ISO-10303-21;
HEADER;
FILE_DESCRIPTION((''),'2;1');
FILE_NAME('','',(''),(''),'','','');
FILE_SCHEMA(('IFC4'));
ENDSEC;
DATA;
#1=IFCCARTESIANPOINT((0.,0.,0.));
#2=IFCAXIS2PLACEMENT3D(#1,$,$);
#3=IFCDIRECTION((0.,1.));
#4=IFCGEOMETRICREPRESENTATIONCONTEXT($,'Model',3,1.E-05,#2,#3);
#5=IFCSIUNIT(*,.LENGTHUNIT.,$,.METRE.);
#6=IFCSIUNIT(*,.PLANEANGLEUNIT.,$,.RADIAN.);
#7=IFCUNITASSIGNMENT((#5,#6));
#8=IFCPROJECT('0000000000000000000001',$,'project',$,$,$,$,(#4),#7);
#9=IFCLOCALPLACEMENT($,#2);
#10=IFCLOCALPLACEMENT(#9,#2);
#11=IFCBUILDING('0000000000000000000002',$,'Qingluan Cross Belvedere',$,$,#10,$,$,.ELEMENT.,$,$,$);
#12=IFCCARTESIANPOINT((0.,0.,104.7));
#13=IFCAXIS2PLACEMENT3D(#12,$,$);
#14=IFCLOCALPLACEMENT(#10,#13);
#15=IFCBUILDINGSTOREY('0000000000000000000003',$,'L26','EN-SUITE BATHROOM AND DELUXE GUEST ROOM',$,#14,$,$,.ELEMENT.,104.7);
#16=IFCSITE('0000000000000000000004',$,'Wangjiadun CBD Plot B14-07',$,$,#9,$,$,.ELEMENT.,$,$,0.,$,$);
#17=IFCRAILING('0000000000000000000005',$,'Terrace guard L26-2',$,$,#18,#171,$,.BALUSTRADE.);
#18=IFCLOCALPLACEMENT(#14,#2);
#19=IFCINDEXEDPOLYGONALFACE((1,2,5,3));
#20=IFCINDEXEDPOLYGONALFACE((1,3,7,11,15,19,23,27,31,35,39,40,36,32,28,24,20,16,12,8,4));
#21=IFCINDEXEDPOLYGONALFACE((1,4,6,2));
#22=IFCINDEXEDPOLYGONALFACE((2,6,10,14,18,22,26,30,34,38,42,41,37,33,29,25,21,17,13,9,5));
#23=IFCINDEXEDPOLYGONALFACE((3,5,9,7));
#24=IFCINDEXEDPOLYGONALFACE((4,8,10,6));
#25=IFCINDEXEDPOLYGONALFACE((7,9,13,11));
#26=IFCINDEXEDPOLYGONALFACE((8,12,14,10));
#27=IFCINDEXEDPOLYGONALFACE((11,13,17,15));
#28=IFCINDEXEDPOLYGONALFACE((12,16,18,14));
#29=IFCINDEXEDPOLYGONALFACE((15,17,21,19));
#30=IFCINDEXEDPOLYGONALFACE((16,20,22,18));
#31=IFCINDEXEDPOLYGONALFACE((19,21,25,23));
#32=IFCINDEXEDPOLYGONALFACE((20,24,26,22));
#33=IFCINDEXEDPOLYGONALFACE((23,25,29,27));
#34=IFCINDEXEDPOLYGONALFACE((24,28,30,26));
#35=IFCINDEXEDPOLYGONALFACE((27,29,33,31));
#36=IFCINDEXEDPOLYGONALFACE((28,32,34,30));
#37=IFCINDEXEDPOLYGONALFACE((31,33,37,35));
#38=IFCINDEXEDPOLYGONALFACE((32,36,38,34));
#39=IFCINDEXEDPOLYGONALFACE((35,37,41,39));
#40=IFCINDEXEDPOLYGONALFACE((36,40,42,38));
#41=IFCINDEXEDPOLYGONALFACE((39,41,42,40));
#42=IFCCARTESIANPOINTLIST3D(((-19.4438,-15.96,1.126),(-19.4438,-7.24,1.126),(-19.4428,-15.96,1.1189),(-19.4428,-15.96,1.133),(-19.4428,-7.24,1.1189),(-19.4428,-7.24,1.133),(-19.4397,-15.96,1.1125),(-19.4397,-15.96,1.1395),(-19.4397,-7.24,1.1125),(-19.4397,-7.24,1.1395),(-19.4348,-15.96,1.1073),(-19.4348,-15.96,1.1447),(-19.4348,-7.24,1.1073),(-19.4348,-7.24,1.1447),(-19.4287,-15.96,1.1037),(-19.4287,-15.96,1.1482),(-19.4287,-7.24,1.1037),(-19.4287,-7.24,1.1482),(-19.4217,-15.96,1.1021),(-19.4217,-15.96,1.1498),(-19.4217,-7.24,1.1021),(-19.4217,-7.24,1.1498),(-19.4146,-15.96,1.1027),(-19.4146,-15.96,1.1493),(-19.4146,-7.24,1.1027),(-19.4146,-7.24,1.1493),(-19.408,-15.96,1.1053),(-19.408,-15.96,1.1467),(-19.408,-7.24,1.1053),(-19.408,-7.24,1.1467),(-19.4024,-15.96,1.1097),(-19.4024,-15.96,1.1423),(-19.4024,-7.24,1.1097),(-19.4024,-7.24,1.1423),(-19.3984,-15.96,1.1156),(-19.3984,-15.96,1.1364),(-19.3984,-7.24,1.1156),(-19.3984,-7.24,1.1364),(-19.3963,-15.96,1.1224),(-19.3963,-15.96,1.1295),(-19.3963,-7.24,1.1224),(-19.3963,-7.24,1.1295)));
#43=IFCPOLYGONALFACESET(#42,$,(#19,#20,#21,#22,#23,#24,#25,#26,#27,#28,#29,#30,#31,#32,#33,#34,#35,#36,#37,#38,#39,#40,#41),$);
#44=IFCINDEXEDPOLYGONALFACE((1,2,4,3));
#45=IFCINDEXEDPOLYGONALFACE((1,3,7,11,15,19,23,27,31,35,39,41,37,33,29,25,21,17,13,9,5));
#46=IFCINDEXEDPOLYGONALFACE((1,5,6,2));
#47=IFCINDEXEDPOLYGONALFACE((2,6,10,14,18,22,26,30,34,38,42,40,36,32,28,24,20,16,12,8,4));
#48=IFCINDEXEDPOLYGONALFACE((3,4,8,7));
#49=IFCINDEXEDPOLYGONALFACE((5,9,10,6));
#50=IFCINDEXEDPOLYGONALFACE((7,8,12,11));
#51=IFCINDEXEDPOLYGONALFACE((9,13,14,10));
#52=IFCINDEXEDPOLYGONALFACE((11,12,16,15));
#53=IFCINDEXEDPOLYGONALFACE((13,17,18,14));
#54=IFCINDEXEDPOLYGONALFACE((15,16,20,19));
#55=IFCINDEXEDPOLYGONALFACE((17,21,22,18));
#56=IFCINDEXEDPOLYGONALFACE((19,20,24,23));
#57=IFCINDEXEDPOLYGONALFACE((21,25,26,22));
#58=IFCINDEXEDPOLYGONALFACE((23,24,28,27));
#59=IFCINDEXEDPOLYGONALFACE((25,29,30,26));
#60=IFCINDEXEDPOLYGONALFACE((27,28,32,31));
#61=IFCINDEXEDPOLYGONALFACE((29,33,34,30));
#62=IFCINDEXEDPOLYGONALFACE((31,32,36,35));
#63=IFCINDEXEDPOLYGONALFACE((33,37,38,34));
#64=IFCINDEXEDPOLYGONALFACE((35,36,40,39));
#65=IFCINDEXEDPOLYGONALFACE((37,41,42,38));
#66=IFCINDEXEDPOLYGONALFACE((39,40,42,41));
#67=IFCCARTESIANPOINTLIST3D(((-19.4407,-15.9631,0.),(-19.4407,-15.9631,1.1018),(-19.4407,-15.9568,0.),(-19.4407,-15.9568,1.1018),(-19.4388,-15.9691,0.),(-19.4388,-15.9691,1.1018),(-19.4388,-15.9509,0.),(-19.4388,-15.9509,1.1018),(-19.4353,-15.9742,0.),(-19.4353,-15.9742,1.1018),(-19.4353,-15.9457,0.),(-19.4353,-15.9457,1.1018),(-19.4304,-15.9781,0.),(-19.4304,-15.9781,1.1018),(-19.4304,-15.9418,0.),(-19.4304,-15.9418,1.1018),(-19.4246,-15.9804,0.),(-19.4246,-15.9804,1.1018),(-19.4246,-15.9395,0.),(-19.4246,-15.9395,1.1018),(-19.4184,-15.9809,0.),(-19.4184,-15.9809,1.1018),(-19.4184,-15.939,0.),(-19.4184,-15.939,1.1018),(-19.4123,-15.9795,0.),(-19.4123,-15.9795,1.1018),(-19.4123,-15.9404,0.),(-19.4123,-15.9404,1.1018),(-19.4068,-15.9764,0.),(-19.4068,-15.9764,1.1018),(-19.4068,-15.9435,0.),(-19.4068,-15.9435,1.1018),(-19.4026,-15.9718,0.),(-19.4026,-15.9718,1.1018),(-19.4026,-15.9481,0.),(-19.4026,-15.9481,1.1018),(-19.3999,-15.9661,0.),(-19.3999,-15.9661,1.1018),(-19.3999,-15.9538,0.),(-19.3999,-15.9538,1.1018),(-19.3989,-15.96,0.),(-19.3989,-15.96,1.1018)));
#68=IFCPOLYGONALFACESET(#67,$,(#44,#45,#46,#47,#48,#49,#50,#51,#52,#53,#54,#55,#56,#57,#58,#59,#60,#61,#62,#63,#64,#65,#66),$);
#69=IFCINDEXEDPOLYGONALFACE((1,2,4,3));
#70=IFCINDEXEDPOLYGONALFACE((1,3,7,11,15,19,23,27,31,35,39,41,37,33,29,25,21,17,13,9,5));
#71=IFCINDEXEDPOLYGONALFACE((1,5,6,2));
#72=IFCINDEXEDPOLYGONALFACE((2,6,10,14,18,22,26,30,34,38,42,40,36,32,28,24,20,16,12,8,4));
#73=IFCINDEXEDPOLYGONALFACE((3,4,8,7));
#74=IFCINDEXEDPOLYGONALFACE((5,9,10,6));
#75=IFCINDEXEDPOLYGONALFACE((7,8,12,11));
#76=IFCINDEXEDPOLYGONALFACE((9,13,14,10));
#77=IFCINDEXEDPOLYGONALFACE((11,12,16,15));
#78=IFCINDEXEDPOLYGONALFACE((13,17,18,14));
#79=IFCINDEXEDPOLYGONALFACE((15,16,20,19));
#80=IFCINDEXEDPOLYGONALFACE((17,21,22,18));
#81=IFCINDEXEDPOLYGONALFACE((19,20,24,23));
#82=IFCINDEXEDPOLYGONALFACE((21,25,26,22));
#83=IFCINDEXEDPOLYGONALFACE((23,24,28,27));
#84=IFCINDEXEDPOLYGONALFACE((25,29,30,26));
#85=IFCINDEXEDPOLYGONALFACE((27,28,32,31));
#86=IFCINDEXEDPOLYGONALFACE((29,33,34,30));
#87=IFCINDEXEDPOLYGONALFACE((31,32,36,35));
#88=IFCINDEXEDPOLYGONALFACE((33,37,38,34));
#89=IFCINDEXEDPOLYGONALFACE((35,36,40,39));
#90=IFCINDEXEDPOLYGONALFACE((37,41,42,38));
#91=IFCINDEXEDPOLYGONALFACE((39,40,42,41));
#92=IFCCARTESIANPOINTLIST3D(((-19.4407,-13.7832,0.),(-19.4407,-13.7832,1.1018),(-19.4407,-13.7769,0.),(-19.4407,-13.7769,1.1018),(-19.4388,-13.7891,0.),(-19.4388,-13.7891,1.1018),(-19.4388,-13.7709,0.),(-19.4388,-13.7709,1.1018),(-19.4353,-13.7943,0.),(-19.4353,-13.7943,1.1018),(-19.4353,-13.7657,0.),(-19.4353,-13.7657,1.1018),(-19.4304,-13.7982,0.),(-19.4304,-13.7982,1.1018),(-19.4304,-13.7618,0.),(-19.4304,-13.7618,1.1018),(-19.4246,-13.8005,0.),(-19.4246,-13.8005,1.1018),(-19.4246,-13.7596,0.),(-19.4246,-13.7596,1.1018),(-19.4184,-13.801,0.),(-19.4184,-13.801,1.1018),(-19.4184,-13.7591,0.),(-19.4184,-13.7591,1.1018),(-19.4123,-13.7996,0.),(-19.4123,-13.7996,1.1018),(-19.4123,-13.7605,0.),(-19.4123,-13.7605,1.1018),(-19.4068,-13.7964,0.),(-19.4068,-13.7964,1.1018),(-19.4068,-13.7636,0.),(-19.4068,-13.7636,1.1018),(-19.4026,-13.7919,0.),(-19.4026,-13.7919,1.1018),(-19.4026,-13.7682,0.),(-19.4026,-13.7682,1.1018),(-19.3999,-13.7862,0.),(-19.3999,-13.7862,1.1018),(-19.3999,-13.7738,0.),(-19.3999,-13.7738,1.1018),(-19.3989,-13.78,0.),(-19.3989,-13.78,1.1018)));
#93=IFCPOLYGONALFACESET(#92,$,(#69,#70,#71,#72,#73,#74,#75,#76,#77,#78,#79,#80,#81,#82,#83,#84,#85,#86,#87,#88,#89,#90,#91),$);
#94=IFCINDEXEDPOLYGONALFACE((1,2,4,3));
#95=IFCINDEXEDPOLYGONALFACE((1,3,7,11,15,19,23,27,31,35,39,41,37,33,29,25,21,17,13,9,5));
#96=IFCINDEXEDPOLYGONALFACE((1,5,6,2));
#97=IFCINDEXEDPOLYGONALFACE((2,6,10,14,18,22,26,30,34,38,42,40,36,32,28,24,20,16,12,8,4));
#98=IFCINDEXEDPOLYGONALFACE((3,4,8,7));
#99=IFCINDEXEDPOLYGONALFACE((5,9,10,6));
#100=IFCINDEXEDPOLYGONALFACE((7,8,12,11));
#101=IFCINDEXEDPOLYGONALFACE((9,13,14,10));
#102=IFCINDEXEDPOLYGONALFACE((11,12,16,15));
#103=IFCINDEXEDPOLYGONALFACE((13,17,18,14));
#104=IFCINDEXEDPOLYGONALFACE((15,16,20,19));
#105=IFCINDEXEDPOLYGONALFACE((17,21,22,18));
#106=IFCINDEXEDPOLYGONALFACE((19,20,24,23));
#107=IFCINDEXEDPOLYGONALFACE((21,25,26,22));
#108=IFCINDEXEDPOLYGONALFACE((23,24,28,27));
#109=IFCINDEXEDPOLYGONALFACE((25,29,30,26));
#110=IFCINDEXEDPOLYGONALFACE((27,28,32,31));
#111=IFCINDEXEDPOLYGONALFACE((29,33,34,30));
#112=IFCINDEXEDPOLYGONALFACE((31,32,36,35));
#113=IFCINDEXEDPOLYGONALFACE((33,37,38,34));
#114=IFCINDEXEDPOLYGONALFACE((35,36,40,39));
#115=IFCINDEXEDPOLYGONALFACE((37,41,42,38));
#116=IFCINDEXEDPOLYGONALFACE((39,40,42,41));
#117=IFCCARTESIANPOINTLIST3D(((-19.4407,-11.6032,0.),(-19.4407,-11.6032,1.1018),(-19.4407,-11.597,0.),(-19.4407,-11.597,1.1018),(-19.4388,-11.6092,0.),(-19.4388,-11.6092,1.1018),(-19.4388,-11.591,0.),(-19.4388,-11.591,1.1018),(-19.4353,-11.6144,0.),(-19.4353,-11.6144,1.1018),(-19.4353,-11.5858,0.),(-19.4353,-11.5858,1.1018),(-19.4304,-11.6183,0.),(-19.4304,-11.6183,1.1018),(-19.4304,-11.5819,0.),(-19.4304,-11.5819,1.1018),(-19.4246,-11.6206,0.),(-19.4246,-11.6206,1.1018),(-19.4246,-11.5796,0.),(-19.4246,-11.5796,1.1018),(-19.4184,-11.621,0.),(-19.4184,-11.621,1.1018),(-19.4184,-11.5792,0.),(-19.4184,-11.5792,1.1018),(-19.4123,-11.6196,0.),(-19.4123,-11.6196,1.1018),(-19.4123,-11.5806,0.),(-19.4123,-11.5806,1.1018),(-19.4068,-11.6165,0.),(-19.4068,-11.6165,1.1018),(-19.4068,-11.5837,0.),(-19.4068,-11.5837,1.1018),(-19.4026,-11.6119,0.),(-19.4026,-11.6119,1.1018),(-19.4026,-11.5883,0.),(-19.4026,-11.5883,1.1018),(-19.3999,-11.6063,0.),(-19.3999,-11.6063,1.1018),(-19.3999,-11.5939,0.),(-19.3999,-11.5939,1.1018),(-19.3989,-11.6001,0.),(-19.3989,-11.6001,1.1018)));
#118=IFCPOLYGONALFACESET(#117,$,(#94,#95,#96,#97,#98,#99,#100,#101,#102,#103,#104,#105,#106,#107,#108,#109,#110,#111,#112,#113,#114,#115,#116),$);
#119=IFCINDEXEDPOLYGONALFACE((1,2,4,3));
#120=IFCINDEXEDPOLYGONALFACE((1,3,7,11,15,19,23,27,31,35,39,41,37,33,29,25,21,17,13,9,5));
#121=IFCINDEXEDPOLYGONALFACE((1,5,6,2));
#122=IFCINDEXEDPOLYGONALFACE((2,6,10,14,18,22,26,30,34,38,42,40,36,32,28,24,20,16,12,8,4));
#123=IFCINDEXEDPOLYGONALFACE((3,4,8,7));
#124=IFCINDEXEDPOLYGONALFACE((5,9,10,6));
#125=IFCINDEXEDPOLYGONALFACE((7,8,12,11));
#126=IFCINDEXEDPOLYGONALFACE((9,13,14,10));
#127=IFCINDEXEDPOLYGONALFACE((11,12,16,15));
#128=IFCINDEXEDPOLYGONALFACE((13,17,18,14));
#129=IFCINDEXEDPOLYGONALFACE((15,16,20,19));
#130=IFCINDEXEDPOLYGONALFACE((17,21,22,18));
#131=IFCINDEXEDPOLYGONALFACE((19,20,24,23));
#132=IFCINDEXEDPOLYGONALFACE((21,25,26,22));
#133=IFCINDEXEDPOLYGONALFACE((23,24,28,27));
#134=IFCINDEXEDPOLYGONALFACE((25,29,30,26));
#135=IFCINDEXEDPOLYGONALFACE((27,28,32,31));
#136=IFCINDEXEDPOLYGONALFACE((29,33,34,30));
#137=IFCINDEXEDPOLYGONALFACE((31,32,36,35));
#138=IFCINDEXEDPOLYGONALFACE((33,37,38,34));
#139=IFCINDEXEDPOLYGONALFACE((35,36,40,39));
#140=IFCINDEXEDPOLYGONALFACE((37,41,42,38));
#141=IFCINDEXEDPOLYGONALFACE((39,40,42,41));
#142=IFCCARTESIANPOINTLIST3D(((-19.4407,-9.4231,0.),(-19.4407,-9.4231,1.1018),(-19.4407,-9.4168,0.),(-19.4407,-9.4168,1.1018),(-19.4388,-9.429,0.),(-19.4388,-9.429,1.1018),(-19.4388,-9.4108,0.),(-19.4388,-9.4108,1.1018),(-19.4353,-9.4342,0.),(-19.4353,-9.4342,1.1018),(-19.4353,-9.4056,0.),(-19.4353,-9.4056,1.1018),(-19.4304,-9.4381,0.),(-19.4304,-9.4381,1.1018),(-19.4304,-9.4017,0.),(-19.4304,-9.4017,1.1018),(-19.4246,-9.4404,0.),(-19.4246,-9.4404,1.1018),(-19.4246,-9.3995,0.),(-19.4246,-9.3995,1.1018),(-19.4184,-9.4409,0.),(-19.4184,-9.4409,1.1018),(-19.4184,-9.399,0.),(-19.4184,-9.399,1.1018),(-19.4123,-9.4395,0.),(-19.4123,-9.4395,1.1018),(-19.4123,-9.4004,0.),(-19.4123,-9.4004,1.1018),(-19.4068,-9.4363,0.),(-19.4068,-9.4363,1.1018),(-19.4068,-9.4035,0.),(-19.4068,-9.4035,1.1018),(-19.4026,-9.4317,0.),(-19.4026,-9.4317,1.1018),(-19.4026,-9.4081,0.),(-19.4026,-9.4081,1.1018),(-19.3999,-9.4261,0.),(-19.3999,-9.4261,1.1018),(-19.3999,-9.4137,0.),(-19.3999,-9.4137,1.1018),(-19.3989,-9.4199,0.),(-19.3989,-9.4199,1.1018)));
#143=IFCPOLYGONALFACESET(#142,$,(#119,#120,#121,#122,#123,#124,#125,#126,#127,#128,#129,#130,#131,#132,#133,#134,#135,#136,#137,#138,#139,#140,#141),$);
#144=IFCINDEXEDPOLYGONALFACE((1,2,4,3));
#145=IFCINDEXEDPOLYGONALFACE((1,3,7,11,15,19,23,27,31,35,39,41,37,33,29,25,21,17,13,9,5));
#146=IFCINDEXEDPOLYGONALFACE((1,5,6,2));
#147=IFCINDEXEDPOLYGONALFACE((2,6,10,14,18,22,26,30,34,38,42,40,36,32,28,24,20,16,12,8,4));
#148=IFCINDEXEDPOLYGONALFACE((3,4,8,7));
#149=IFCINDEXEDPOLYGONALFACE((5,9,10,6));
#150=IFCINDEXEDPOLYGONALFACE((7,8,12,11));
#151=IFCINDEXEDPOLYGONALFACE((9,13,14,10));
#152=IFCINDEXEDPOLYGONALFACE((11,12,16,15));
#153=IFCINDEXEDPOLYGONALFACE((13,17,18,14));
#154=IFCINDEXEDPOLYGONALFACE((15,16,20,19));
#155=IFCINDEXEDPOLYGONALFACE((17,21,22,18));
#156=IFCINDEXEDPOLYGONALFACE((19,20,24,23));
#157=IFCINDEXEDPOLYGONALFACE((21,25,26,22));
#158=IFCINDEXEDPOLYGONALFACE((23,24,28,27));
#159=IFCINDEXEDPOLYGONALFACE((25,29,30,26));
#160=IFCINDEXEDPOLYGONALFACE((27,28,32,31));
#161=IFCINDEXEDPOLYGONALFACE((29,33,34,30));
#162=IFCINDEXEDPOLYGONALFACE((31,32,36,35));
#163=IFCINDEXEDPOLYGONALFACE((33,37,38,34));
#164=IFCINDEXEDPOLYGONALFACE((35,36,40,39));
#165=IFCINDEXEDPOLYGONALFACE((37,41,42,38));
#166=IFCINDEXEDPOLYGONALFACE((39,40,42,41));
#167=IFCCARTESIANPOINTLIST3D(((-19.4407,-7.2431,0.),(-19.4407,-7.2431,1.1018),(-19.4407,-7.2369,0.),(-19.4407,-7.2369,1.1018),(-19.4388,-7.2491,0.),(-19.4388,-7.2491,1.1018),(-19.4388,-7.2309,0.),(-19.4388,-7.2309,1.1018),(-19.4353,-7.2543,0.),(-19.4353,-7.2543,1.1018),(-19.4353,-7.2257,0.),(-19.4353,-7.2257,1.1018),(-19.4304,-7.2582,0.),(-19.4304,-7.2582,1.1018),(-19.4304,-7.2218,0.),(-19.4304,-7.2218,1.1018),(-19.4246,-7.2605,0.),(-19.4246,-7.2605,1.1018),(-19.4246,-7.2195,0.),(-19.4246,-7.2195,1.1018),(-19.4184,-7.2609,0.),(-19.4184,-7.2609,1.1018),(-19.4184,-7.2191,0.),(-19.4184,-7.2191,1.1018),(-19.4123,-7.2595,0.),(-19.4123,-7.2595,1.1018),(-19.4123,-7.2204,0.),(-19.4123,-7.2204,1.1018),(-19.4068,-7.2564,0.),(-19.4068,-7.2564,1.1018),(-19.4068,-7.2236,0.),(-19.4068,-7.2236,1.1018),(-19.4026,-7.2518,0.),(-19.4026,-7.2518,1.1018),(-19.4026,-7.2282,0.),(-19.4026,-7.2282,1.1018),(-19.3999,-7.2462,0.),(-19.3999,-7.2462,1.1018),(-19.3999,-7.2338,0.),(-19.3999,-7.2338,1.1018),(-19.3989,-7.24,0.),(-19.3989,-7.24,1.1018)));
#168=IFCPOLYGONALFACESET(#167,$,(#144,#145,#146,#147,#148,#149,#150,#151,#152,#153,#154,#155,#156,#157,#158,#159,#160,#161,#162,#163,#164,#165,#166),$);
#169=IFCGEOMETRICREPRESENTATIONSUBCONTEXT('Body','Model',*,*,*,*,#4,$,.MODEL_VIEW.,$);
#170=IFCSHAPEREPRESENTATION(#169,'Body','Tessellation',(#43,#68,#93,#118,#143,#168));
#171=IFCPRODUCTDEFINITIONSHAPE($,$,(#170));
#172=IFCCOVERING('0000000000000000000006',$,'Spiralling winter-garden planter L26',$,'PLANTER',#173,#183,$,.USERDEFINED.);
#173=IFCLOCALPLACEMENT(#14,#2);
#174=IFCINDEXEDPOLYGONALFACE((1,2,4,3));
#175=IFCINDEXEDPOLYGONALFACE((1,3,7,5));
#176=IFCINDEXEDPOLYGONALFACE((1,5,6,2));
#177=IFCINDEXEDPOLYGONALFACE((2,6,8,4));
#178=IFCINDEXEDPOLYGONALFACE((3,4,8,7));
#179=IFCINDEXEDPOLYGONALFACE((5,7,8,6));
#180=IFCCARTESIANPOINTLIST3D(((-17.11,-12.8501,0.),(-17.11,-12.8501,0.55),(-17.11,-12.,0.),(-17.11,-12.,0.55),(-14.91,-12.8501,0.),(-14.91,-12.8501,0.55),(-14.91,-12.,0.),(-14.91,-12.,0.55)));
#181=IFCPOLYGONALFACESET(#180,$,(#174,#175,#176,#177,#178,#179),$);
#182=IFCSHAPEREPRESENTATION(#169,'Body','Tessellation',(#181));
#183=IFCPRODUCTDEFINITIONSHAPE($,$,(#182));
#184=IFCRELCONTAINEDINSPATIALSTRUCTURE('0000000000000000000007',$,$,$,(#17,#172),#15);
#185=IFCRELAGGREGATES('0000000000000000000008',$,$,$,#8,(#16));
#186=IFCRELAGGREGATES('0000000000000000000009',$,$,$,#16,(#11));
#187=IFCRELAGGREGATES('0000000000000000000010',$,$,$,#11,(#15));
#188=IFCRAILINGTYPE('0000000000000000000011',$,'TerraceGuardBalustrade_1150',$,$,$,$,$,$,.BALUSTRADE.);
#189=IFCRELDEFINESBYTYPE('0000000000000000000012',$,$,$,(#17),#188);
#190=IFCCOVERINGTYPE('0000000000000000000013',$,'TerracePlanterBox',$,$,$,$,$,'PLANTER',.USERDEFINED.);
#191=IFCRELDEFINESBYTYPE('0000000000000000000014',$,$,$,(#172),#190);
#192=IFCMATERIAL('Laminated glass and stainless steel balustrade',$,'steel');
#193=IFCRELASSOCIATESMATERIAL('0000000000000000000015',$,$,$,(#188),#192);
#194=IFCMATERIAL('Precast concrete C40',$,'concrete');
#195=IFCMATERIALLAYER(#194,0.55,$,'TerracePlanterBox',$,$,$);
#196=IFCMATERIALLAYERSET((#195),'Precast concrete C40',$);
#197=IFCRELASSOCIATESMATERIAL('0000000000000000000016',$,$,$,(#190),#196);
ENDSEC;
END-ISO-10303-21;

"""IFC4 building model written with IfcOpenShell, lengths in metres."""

from ifc_helpers import new_model, si_unit, direction, frame, origin, origin_2d, place, context, subcontext, project, spatial, rectangle, circle, extrude, material, layer, layer_set, type_object, element, save


model = new_model("IFC4")

# Units and contexts
model_context = context("Model", 3, precision=1e-05, world=origin(), true_north=direction((0.0, 1.0)))
body_context = subcontext(model_context, "Body", "Model", "MODEL_VIEW")
ifc_project = project(units=[si_unit("LENGTHUNIT", "METRE"), si_unit("PLANEANGLEUNIT", "RADIAN")], contexts=[model_context])

# Site, building, storey
site_placement = place(None, origin())
site = spatial("IfcSite", under=ifc_project, at=site_placement, Name="Wangjiadun CBD Plot B14-07", CompositionType="ELEMENT", RefElevation=0.0)
building_placement = place(site_placement, origin())
building = spatial("IfcBuilding", under=site, at=building_placement, Name="Qingluan Cross Belvedere", CompositionType="ELEMENT")
storey_placement = place(building_placement, frame((0.0, 0.0, 104.7)))
storey = spatial("IfcBuildingStorey", under=building, at=storey_placement, Name="L26", Description="EN-SUITE BATHROOM AND DELUXE GUEST ROOM", CompositionType="ELEMENT", Elevation=104.7)

# Railing
ifc_material_1 = material(Name="Laminated glass and stainless steel balustrade", Category="steel")
railing_type = type_object("IfcRailingType", Name="TerraceGuardBalustrade_1150", PredefinedType="BALUSTRADE", material=ifc_material_1)
railing_placement = place(storey_placement, frame((-19.4199, -15.96, 0.0)))
element("IfcRailing", 1, at=railing_placement, inside=storey, type_object=railing_type, Name="Terrace guard L26-2", PredefinedType="BALUSTRADE", context=body_context, shape_type="SweptSolid", body=[
    extrude(circle(Radius=0.0239, at=origin_2d()), frame((0.0, 0.0, 1.126), z_axis=(0.0, 1.0, 0.0), x_axis=(-1.0, 0.0, 0.0)), (0.0, 0.0, 1.0), 8.72),
    extrude(circle(Radius=0.021, at=origin_2d()), origin(), (0.0, 0.0, 1.0), 1.1018),
    extrude(circle(Radius=0.021, at=origin_2d()), frame((0.0, 2.1799, 0.0)), (0.0, 0.0, 1.0), 1.1018),
    extrude(circle(Radius=0.021, at=origin_2d()), frame((0.0, 4.3599, 0.0)), (0.0, 0.0, 1.0), 1.1018),
    extrude(circle(Radius=0.021, at=origin_2d()), frame((0.0, 6.54, 0.0)), (0.0, 0.0, 1.0), 1.1018),
    extrude(circle(Radius=0.021, at=origin_2d()), frame((0.0, 8.72, 0.0)), (0.0, 0.0, 1.0), 1.1018),
])

# Covering
ifc_material_2 = material(Name="Precast concrete C40", Category="concrete")
ifc_layer_1 = layer(ifc_material_2, 0.55, Name="TerracePlanterBox")
ifc_layer_set_1 = layer_set([ifc_layer_1], Name="Precast concrete C40")
covering_type = type_object("IfcCoveringType", Name="TerracePlanterBox", ElementType="PLANTER", PredefinedType="USERDEFINED", material=ifc_layer_set_1)
covering_placement = place(storey_placement, frame((-16.01, -12.425, 0.0), z_axis=(0.0, 0.0, 1.0), x_axis=(1.0, 0.0, 0.0)))
element("IfcCovering", 2, at=covering_placement, inside=storey, type_object=covering_type, Name="Spiralling winter-garden planter L26", ObjectType="PLANTER", PredefinedType="USERDEFINED", context=body_context, shape_type="SweptSolid", body=[
    extrude(rectangle(XDim=2.2, YDim=0.8501, at=origin_2d()), origin(), (0.0, 0.0, 1.0), 0.55),
])

save(model, "model.ifc")
